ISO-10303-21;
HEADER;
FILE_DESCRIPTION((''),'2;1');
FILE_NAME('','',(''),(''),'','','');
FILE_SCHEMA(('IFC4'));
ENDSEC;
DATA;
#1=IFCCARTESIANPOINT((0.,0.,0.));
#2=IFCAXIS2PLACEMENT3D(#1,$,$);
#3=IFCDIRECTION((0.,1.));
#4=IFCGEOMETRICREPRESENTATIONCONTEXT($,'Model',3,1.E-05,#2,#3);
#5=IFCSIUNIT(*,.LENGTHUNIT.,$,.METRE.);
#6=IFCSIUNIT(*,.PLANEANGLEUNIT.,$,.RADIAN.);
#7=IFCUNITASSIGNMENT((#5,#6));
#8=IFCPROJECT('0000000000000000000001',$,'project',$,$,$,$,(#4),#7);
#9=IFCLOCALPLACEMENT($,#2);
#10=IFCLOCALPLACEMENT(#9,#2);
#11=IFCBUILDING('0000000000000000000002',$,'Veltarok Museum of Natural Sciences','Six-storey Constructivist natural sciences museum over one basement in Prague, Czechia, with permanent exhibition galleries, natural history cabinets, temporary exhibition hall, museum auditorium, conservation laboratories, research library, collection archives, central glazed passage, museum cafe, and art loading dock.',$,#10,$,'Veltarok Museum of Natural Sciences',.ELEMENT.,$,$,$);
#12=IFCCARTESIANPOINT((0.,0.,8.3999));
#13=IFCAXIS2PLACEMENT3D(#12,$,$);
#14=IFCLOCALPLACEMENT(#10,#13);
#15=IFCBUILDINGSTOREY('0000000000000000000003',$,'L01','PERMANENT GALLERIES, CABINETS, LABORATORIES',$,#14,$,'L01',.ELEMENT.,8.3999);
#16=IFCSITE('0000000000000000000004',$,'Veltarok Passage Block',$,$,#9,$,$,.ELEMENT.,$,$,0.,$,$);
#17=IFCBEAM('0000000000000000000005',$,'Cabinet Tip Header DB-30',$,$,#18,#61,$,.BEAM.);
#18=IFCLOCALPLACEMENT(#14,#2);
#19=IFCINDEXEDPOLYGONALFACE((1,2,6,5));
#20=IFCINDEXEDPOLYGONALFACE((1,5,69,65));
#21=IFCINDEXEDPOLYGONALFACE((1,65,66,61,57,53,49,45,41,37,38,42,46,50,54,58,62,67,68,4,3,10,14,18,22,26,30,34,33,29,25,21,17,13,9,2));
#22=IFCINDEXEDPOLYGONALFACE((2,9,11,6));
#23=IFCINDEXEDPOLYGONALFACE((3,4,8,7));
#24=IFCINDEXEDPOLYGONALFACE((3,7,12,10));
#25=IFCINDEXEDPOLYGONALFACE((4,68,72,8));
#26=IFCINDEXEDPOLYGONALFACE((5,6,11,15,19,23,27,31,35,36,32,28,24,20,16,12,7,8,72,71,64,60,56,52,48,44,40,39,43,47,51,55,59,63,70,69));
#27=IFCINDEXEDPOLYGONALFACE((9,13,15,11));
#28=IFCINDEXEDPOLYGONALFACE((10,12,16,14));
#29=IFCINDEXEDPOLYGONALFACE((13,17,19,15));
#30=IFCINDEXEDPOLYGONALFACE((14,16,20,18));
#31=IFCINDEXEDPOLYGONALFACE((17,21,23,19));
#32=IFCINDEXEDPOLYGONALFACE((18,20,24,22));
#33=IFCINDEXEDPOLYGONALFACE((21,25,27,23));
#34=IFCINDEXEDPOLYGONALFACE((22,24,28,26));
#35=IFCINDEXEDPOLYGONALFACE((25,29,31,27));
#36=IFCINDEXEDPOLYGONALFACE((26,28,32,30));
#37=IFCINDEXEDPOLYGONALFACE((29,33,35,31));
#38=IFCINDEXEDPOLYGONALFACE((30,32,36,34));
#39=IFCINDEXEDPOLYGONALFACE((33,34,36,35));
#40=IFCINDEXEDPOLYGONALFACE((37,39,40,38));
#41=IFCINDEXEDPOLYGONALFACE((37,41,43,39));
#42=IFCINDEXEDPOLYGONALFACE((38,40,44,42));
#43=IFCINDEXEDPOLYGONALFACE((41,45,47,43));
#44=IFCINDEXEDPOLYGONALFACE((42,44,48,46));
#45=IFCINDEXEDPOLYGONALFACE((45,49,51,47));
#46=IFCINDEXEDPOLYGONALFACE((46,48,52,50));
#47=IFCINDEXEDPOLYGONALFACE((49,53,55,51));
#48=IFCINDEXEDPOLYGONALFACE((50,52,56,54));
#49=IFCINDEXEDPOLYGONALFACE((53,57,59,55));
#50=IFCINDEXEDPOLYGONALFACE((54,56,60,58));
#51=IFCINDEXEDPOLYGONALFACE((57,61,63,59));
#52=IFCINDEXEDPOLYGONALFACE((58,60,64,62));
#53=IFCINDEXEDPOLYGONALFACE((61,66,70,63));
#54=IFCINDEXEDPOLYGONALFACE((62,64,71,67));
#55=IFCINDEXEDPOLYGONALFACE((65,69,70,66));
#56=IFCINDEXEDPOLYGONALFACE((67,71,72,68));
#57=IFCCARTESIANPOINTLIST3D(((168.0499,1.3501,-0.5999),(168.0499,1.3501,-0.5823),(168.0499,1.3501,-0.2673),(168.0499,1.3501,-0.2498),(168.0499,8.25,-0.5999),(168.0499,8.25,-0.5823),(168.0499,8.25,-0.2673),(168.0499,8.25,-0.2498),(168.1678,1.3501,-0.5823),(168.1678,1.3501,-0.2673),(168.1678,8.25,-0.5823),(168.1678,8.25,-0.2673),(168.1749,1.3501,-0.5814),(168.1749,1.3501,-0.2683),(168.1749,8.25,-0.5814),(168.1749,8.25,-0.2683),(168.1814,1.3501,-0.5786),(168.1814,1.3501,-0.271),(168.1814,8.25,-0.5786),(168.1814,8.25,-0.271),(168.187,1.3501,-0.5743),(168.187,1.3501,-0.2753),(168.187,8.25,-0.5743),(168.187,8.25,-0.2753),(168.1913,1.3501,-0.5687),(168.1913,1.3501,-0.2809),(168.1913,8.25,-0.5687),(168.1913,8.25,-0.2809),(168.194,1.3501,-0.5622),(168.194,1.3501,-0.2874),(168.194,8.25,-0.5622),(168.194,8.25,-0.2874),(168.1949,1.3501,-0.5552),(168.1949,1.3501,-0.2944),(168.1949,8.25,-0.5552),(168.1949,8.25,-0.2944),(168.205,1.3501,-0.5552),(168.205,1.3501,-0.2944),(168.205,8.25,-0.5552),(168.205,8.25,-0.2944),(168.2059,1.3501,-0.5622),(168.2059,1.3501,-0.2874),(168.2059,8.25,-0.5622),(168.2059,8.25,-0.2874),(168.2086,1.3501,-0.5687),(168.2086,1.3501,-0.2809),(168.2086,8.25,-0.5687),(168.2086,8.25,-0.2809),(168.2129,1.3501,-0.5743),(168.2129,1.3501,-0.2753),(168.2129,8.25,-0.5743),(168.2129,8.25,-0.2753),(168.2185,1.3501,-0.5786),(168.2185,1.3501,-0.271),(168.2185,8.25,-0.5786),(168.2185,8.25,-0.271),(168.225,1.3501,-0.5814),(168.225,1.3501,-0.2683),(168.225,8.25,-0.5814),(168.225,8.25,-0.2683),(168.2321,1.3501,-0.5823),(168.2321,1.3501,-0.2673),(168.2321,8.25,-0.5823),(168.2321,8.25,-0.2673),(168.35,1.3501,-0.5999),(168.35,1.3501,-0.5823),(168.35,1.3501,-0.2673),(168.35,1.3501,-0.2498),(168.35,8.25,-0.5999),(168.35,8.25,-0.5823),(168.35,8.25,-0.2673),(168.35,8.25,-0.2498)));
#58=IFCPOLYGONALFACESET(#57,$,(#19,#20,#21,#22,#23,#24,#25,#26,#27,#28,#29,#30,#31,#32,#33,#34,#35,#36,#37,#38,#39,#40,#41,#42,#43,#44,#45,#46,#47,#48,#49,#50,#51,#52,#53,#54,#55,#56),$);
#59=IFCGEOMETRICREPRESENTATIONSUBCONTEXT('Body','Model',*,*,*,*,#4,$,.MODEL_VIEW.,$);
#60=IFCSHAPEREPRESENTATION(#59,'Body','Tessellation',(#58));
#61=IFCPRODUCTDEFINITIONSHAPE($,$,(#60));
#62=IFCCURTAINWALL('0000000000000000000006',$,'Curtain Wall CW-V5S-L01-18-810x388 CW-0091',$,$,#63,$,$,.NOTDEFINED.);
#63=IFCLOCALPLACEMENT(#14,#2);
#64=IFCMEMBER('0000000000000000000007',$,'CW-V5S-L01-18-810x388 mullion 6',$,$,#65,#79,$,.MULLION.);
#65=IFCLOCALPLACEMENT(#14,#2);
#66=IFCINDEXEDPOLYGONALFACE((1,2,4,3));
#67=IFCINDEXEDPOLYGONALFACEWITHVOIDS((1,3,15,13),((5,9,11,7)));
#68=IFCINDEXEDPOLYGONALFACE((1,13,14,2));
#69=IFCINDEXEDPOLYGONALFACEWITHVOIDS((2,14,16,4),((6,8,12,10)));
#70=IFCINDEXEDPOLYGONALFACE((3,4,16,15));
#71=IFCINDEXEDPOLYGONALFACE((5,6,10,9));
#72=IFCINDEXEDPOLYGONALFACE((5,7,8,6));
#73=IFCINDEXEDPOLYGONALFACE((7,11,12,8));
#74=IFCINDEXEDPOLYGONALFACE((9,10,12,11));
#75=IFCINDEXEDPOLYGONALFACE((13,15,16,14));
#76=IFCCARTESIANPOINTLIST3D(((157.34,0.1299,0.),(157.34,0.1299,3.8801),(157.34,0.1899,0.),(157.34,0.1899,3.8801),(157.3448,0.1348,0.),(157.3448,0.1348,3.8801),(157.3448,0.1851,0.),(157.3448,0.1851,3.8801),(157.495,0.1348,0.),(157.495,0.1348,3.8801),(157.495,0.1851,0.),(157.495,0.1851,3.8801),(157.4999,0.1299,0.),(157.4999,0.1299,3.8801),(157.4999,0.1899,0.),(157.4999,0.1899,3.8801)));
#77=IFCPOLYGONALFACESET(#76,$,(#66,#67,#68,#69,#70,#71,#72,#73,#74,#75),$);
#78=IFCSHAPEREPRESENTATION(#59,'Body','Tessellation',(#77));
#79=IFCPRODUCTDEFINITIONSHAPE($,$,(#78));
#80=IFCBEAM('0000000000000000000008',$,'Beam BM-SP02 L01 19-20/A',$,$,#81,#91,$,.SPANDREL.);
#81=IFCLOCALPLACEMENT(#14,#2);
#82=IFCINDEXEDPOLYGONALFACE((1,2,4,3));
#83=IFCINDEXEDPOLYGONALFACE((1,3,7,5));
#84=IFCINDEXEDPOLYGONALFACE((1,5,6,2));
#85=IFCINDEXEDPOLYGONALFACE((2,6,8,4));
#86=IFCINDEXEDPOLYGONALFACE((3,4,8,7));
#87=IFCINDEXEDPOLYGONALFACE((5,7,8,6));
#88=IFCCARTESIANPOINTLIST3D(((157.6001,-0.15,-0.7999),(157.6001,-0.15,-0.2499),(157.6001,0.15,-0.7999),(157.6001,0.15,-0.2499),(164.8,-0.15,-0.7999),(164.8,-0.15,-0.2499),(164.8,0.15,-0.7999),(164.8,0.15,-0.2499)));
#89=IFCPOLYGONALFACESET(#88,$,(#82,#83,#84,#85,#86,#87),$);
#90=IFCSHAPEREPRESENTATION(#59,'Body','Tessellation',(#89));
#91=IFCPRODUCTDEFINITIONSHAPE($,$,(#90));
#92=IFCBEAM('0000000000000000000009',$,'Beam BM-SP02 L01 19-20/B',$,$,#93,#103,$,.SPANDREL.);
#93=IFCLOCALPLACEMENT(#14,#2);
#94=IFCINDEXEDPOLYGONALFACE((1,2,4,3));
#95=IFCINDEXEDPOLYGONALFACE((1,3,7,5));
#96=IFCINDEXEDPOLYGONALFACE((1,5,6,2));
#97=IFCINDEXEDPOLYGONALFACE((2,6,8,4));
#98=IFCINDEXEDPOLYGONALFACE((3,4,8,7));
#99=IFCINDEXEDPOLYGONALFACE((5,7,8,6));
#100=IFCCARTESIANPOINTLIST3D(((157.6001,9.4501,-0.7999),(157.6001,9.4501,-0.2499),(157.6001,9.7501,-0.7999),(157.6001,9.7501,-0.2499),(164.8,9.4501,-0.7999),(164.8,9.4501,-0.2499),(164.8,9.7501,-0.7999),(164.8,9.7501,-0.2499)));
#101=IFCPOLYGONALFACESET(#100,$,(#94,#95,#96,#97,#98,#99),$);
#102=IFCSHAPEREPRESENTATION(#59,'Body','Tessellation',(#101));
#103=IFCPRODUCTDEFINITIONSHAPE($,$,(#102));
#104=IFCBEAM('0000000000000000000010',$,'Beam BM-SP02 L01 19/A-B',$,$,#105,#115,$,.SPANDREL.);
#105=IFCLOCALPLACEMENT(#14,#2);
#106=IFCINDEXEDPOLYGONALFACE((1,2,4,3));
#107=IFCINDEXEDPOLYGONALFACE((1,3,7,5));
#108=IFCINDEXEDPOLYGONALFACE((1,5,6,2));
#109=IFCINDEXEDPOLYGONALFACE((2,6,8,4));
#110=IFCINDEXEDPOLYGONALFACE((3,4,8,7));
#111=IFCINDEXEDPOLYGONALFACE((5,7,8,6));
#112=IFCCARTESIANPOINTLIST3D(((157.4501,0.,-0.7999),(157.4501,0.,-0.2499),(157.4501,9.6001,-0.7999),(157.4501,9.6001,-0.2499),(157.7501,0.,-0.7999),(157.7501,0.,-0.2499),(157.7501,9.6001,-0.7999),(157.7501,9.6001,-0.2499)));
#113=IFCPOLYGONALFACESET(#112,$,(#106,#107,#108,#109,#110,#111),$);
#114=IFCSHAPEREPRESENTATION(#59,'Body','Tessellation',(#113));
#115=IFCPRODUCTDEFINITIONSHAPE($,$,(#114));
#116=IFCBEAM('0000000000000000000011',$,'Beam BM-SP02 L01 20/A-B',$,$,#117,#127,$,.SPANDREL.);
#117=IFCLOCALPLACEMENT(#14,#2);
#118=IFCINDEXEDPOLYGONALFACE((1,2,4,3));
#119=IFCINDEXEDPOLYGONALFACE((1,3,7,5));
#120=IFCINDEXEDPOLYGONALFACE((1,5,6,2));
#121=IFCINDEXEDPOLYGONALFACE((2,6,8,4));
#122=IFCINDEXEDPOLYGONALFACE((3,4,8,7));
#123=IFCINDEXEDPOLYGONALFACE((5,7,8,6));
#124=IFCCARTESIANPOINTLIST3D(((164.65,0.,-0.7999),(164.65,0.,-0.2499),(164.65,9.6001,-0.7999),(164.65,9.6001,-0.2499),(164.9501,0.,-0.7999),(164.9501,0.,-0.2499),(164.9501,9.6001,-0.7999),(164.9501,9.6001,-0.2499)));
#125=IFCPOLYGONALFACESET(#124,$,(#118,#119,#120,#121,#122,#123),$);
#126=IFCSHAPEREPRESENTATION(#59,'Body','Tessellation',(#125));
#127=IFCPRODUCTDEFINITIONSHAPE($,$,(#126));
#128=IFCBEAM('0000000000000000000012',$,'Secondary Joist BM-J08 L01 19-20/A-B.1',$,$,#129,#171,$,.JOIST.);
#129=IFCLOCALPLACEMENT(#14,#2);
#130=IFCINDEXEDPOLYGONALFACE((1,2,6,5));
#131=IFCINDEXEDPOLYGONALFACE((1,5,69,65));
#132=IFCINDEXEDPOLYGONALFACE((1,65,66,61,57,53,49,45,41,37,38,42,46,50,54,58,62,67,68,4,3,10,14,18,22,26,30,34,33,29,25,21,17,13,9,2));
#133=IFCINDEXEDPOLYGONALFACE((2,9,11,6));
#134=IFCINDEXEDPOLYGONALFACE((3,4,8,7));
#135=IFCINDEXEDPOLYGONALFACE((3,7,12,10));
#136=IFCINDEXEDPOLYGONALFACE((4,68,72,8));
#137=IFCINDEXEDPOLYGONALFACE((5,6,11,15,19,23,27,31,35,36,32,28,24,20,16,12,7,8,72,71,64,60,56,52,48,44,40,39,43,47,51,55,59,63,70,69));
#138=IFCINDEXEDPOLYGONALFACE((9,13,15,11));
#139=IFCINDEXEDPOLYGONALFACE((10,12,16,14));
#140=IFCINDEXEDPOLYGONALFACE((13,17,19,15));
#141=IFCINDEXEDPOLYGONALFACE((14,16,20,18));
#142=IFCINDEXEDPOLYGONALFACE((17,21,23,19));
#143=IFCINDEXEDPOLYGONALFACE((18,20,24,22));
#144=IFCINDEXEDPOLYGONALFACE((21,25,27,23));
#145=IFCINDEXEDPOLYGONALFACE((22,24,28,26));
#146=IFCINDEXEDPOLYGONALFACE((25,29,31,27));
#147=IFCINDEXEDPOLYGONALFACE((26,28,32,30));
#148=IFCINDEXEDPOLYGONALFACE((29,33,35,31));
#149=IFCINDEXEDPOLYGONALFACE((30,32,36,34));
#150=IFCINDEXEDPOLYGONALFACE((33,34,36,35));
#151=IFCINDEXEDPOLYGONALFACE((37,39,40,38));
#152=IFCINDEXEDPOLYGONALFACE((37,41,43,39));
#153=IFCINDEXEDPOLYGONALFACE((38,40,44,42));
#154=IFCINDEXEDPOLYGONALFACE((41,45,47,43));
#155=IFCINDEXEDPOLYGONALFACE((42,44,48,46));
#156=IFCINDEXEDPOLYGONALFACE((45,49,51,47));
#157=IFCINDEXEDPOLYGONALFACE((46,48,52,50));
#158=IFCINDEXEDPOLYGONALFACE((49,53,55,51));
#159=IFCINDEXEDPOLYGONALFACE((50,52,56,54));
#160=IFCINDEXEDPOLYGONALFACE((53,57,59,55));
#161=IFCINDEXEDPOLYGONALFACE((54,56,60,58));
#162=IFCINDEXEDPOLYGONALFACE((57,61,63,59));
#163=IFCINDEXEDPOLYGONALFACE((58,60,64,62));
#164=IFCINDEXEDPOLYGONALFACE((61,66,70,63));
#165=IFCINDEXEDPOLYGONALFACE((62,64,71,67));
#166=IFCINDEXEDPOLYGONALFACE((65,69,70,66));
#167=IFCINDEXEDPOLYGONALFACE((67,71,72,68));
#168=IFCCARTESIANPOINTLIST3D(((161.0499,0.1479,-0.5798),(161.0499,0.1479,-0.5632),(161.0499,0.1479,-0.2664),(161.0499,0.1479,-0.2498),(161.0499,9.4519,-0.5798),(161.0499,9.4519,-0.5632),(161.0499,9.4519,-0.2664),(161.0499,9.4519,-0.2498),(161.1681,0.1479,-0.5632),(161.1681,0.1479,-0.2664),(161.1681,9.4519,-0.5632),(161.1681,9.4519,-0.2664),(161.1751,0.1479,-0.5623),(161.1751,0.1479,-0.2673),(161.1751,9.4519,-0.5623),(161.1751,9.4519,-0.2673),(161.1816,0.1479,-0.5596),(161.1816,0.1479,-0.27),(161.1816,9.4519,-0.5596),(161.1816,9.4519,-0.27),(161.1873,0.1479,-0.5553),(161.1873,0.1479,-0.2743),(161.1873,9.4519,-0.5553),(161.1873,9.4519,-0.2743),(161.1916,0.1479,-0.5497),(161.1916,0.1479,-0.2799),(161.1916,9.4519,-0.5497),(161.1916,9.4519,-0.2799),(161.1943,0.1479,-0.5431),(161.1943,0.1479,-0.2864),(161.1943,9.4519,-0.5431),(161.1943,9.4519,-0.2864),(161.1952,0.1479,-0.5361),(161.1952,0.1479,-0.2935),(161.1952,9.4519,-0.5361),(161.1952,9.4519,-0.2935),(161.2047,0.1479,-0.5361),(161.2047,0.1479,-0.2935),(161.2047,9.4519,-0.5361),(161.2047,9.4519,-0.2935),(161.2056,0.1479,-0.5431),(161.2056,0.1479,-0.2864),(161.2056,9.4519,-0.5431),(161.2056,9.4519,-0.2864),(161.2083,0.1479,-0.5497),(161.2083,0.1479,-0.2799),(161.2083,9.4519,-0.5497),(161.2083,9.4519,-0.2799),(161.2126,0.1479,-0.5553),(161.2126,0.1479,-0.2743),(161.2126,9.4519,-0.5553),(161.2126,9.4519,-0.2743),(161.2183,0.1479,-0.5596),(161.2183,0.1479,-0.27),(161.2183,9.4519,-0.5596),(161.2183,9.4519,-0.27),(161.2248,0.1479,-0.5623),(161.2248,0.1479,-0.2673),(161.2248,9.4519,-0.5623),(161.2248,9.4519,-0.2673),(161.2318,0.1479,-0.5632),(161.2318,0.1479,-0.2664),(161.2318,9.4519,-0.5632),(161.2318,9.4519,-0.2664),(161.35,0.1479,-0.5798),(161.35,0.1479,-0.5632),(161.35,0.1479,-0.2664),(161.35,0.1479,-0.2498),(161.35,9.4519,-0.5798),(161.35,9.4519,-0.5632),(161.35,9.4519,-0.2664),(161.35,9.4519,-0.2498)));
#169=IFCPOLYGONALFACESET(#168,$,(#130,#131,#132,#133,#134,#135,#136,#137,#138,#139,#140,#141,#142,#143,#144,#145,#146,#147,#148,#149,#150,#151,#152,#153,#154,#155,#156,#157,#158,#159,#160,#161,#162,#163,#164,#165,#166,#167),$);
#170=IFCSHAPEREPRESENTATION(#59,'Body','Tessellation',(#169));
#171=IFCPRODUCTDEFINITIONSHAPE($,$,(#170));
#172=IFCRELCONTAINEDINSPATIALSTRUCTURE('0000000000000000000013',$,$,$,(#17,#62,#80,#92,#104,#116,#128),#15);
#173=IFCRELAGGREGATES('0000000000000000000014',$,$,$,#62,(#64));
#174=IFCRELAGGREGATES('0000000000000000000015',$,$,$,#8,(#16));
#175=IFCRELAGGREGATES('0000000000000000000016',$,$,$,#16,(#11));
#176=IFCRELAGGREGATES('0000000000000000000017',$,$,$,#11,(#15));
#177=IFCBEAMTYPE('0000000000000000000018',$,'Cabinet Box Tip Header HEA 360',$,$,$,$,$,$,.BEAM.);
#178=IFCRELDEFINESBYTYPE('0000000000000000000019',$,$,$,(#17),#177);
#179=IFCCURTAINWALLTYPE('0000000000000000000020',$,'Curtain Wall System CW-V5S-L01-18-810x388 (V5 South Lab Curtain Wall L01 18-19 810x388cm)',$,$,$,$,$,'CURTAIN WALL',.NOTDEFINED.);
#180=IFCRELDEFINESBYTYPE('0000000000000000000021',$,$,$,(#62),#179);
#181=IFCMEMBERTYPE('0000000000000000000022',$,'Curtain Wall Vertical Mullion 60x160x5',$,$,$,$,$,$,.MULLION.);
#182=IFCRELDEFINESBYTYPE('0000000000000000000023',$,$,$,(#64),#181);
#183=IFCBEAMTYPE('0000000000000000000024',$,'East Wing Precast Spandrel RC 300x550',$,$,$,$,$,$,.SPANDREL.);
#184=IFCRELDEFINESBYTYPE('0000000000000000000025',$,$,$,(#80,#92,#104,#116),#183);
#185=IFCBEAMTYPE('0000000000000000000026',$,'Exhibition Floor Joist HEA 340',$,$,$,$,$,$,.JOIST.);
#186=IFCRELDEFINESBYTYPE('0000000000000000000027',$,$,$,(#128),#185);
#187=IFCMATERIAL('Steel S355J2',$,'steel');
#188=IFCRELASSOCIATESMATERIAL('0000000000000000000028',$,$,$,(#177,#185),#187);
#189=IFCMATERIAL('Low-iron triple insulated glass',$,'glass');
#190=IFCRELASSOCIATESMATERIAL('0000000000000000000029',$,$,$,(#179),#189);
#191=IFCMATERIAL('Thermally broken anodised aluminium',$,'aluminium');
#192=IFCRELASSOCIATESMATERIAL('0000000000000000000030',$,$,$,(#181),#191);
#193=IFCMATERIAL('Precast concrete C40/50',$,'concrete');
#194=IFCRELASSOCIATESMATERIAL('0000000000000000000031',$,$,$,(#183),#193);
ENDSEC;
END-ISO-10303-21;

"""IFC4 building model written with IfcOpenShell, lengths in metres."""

from ifc_helpers import new_model, si_unit, direction, frame, origin, origin_2d, place, context, subcontext, project, spatial, rectangle, hollow_rectangle, i_section, extrude, material, material_profile, profile_set, type_object, element, aggregate, save


model = new_model("IFC4")

# Units and contexts
model_context = context("Model", 3, precision=1e-05, world=origin(), true_north=direction((0.0, 1.0)))
body_context = subcontext(model_context, "Body", "Model", "MODEL_VIEW")
ifc_project = project(units=[si_unit("LENGTHUNIT", "METRE"), si_unit("PLANEANGLEUNIT", "RADIAN")], contexts=[model_context])

# Site, building, storey
site_placement = place(None, origin())
site = spatial("IfcSite", under=ifc_project, at=site_placement, Name="Veltarok Passage Block", CompositionType="ELEMENT", RefElevation=0.0)
building_placement = place(site_placement, origin())
building = spatial("IfcBuilding", under=site, at=building_placement, Name="Veltarok Museum of Natural Sciences", Description="Six-storey Constructivist natural sciences museum over one basement in Prague, Czechia, with permanent exhibition galleries, natural history cabinets, temporary exhibition hall, museum auditorium, conservation laboratories, research library, collection archives, central glazed passage, museum cafe, and art loading dock.", LongName="Veltarok Museum of Natural Sciences", CompositionType="ELEMENT")
storey_placement = place(building_placement, frame((0.0, 0.0, 8.3999)))
storey = spatial("IfcBuildingStorey", under=building, at=storey_placement, Name="L01", Description="PERMANENT GALLERIES, CABINETS, LABORATORIES", LongName="L01", CompositionType="ELEMENT", Elevation=8.3999)

# Shared definitions
ifc_material_1 = material(Name="Steel S355J2", Category="steel")

# Beam
ifc_material_profile_1 = material_profile(ifc_material_1, i_section(OverallWidth=0.3, OverallDepth=0.3501, WebThickness=0.01, FlangeThickness=0.0176, FilletRadius=0.0271, at=origin_2d()), Name="HEA 360")
ifc_profile_set_1 = profile_set([ifc_material_profile_1], Name="Steel S355J2")
beam_type_1 = type_object("IfcBeamType", Name="Cabinet Box Tip Header HEA 360", PredefinedType="BEAM", material=ifc_profile_set_1)
beam_1_placement = place(storey_placement, frame((168.2, 1.3501, -0.4248), z_axis=(0.0, 1.0, 0.0), x_axis=(-1.0, 0.0, 0.0)))
element("IfcBeam", 1, at=beam_1_placement, inside=storey, type_object=beam_type_1, Name="Cabinet Tip Header DB-30", PredefinedType="BEAM", context=body_context, shape_type="SweptSolid", body=[
    extrude(i_section(OverallWidth=0.3, OverallDepth=0.3501, WebThickness=0.01, FlangeThickness=0.0176, FilletRadius=0.0271, at=origin_2d()), origin(), (0.0, 0.0, 1.0), 6.8999),
])

# Curtain wall, member
ifc_material_2 = material(Name="Low-iron triple insulated glass", Category="glass")
curtain_wall_type = type_object("IfcCurtainWallType", Name="Curtain Wall System CW-V5S-L01-18-810x388 (V5 South Lab Curtain Wall L01 18-19 810x388cm)", ElementType="CURTAIN WALL", PredefinedType="NOTDEFINED", material=ifc_material_2)
curtain_wall_placement = place(storey_placement, origin())
curtain_wall = element("IfcCurtainWall", 2, at=curtain_wall_placement, inside=storey, type_object=curtain_wall_type, Name="Curtain Wall CW-V5S-L01-18-810x388 CW-0091", PredefinedType="NOTDEFINED")
ifc_material_3 = material(Name="Thermally broken anodised aluminium", Category="aluminium")
ifc_material_profile_2 = material_profile(ifc_material_3, hollow_rectangle(XDim=0.0601, YDim=0.1599, WallThickness=0.0049, at=origin_2d()), Name="CW MULLION 60x160x5")
ifc_profile_set_2 = profile_set([ifc_material_profile_2], Name="Thermally broken anodised aluminium")
member_type = type_object("IfcMemberType", Name="Curtain Wall Vertical Mullion 60x160x5", PredefinedType="MULLION", material=ifc_profile_set_2)
member_placement = place(storey_placement, frame((157.4199, 0.1599, 0.0), z_axis=(0.0, 0.0, 1.0), x_axis=(0.0, 1.0, 0.0)))
member = element("IfcMember", 3, at=member_placement, type_object=member_type, Name="CW-V5S-L01-18-810x388 mullion 6", PredefinedType="MULLION", context=body_context, shape_type="SweptSolid", body=[
    extrude(hollow_rectangle(XDim=0.0601, YDim=0.1599, WallThickness=0.0049, at=origin_2d()), origin(), (0.0, 0.0, 1.0), 3.8801),
])

# Beams
ifc_material_4 = material(Name="Precast concrete C40/50", Category="concrete")
ifc_material_profile_3 = material_profile(ifc_material_4, rectangle(XDim=0.3, YDim=0.55, at=origin_2d()), Name="RC 300x550")
ifc_profile_set_3 = profile_set([ifc_material_profile_3], Name="Precast concrete C40/50")
beam_type_2 = type_object("IfcBeamType", Name="East Wing Precast Spandrel RC 300x550", PredefinedType="SPANDREL", material=ifc_profile_set_3)
for number, where, z_axis, x_axis, name in (
    (4, (157.6001, 0.0, -0.5249), (1.0, 0.0, 0.0), (0.0, 1.0, 0.0), "Beam BM-SP02 L01 19-20/A"),
    (5, (157.6001, 9.6001, -0.5249), (1.0, 0.0, 0.0), (0.0, 1.0, 0.0), "Beam BM-SP02 L01 19-20/B"),
):
    element("IfcBeam", number, at=place(storey_placement, frame(where, z_axis=z_axis, x_axis=x_axis)), inside=storey, type_object=beam_type_2, Name=name, PredefinedType="SPANDREL", context=body_context, shape_type="SweptSolid", body=[
        extrude(rectangle(XDim=0.3, YDim=0.55, at=origin_2d()), origin(), (0.0, 0.0, 1.0), 7.2),
    ])
for number, where, z_axis, x_axis, name in (
    (6, (157.6001, 0.0, -0.5249), (0.0, 1.0, 0.0), (-1.0, 0.0, 0.0), "Beam BM-SP02 L01 19/A-B"),
    (7, (164.8, 0.0, -0.5249), (0.0, 1.0, 0.0), (-1.0, 0.0, 0.0), "Beam BM-SP02 L01 20/A-B"),
):
    element("IfcBeam", number, at=place(storey_placement, frame(where, z_axis=z_axis, x_axis=x_axis)), inside=storey, type_object=beam_type_2, Name=name, PredefinedType="SPANDREL", context=body_context, shape_type="SweptSolid", body=[
        extrude(rectangle(XDim=0.3, YDim=0.55, at=origin_2d()), origin(), (0.0, 0.0, 1.0), 9.6001),
    ])
ifc_material_profile_4 = material_profile(ifc_material_1, i_section(OverallWidth=0.3, OverallDepth=0.3301, WebThickness=0.0095, FlangeThickness=0.0166, FilletRadius=0.0271, at=origin_2d()), Name="HEA 340")
ifc_profile_set_4 = profile_set([ifc_material_profile_4], Name="Steel S355J2")
beam_type_3 = type_object("IfcBeamType", Name="Exhibition Floor Joist HEA 340", PredefinedType="JOIST", material=ifc_profile_set_4)
beam_2_placement = place(storey_placement, frame((161.2, 0.1479, -0.4148), z_axis=(0.0, 1.0, 0.0), x_axis=(-1.0, 0.0, 0.0)))
element("IfcBeam", 8, at=beam_2_placement, inside=storey, type_object=beam_type_3, Name="Secondary Joist BM-J08 L01 19-20/A-B.1", PredefinedType="JOIST", context=body_context, shape_type="SweptSolid", body=[
    extrude(i_section(OverallWidth=0.3, OverallDepth=0.3301, WebThickness=0.0095, FlangeThickness=0.0166, FilletRadius=0.0271, at=origin_2d()), origin(), (0.0, 0.0, 1.0), 9.304),
])

aggregate(curtain_wall, [member])

save(model, "model.ifc")
